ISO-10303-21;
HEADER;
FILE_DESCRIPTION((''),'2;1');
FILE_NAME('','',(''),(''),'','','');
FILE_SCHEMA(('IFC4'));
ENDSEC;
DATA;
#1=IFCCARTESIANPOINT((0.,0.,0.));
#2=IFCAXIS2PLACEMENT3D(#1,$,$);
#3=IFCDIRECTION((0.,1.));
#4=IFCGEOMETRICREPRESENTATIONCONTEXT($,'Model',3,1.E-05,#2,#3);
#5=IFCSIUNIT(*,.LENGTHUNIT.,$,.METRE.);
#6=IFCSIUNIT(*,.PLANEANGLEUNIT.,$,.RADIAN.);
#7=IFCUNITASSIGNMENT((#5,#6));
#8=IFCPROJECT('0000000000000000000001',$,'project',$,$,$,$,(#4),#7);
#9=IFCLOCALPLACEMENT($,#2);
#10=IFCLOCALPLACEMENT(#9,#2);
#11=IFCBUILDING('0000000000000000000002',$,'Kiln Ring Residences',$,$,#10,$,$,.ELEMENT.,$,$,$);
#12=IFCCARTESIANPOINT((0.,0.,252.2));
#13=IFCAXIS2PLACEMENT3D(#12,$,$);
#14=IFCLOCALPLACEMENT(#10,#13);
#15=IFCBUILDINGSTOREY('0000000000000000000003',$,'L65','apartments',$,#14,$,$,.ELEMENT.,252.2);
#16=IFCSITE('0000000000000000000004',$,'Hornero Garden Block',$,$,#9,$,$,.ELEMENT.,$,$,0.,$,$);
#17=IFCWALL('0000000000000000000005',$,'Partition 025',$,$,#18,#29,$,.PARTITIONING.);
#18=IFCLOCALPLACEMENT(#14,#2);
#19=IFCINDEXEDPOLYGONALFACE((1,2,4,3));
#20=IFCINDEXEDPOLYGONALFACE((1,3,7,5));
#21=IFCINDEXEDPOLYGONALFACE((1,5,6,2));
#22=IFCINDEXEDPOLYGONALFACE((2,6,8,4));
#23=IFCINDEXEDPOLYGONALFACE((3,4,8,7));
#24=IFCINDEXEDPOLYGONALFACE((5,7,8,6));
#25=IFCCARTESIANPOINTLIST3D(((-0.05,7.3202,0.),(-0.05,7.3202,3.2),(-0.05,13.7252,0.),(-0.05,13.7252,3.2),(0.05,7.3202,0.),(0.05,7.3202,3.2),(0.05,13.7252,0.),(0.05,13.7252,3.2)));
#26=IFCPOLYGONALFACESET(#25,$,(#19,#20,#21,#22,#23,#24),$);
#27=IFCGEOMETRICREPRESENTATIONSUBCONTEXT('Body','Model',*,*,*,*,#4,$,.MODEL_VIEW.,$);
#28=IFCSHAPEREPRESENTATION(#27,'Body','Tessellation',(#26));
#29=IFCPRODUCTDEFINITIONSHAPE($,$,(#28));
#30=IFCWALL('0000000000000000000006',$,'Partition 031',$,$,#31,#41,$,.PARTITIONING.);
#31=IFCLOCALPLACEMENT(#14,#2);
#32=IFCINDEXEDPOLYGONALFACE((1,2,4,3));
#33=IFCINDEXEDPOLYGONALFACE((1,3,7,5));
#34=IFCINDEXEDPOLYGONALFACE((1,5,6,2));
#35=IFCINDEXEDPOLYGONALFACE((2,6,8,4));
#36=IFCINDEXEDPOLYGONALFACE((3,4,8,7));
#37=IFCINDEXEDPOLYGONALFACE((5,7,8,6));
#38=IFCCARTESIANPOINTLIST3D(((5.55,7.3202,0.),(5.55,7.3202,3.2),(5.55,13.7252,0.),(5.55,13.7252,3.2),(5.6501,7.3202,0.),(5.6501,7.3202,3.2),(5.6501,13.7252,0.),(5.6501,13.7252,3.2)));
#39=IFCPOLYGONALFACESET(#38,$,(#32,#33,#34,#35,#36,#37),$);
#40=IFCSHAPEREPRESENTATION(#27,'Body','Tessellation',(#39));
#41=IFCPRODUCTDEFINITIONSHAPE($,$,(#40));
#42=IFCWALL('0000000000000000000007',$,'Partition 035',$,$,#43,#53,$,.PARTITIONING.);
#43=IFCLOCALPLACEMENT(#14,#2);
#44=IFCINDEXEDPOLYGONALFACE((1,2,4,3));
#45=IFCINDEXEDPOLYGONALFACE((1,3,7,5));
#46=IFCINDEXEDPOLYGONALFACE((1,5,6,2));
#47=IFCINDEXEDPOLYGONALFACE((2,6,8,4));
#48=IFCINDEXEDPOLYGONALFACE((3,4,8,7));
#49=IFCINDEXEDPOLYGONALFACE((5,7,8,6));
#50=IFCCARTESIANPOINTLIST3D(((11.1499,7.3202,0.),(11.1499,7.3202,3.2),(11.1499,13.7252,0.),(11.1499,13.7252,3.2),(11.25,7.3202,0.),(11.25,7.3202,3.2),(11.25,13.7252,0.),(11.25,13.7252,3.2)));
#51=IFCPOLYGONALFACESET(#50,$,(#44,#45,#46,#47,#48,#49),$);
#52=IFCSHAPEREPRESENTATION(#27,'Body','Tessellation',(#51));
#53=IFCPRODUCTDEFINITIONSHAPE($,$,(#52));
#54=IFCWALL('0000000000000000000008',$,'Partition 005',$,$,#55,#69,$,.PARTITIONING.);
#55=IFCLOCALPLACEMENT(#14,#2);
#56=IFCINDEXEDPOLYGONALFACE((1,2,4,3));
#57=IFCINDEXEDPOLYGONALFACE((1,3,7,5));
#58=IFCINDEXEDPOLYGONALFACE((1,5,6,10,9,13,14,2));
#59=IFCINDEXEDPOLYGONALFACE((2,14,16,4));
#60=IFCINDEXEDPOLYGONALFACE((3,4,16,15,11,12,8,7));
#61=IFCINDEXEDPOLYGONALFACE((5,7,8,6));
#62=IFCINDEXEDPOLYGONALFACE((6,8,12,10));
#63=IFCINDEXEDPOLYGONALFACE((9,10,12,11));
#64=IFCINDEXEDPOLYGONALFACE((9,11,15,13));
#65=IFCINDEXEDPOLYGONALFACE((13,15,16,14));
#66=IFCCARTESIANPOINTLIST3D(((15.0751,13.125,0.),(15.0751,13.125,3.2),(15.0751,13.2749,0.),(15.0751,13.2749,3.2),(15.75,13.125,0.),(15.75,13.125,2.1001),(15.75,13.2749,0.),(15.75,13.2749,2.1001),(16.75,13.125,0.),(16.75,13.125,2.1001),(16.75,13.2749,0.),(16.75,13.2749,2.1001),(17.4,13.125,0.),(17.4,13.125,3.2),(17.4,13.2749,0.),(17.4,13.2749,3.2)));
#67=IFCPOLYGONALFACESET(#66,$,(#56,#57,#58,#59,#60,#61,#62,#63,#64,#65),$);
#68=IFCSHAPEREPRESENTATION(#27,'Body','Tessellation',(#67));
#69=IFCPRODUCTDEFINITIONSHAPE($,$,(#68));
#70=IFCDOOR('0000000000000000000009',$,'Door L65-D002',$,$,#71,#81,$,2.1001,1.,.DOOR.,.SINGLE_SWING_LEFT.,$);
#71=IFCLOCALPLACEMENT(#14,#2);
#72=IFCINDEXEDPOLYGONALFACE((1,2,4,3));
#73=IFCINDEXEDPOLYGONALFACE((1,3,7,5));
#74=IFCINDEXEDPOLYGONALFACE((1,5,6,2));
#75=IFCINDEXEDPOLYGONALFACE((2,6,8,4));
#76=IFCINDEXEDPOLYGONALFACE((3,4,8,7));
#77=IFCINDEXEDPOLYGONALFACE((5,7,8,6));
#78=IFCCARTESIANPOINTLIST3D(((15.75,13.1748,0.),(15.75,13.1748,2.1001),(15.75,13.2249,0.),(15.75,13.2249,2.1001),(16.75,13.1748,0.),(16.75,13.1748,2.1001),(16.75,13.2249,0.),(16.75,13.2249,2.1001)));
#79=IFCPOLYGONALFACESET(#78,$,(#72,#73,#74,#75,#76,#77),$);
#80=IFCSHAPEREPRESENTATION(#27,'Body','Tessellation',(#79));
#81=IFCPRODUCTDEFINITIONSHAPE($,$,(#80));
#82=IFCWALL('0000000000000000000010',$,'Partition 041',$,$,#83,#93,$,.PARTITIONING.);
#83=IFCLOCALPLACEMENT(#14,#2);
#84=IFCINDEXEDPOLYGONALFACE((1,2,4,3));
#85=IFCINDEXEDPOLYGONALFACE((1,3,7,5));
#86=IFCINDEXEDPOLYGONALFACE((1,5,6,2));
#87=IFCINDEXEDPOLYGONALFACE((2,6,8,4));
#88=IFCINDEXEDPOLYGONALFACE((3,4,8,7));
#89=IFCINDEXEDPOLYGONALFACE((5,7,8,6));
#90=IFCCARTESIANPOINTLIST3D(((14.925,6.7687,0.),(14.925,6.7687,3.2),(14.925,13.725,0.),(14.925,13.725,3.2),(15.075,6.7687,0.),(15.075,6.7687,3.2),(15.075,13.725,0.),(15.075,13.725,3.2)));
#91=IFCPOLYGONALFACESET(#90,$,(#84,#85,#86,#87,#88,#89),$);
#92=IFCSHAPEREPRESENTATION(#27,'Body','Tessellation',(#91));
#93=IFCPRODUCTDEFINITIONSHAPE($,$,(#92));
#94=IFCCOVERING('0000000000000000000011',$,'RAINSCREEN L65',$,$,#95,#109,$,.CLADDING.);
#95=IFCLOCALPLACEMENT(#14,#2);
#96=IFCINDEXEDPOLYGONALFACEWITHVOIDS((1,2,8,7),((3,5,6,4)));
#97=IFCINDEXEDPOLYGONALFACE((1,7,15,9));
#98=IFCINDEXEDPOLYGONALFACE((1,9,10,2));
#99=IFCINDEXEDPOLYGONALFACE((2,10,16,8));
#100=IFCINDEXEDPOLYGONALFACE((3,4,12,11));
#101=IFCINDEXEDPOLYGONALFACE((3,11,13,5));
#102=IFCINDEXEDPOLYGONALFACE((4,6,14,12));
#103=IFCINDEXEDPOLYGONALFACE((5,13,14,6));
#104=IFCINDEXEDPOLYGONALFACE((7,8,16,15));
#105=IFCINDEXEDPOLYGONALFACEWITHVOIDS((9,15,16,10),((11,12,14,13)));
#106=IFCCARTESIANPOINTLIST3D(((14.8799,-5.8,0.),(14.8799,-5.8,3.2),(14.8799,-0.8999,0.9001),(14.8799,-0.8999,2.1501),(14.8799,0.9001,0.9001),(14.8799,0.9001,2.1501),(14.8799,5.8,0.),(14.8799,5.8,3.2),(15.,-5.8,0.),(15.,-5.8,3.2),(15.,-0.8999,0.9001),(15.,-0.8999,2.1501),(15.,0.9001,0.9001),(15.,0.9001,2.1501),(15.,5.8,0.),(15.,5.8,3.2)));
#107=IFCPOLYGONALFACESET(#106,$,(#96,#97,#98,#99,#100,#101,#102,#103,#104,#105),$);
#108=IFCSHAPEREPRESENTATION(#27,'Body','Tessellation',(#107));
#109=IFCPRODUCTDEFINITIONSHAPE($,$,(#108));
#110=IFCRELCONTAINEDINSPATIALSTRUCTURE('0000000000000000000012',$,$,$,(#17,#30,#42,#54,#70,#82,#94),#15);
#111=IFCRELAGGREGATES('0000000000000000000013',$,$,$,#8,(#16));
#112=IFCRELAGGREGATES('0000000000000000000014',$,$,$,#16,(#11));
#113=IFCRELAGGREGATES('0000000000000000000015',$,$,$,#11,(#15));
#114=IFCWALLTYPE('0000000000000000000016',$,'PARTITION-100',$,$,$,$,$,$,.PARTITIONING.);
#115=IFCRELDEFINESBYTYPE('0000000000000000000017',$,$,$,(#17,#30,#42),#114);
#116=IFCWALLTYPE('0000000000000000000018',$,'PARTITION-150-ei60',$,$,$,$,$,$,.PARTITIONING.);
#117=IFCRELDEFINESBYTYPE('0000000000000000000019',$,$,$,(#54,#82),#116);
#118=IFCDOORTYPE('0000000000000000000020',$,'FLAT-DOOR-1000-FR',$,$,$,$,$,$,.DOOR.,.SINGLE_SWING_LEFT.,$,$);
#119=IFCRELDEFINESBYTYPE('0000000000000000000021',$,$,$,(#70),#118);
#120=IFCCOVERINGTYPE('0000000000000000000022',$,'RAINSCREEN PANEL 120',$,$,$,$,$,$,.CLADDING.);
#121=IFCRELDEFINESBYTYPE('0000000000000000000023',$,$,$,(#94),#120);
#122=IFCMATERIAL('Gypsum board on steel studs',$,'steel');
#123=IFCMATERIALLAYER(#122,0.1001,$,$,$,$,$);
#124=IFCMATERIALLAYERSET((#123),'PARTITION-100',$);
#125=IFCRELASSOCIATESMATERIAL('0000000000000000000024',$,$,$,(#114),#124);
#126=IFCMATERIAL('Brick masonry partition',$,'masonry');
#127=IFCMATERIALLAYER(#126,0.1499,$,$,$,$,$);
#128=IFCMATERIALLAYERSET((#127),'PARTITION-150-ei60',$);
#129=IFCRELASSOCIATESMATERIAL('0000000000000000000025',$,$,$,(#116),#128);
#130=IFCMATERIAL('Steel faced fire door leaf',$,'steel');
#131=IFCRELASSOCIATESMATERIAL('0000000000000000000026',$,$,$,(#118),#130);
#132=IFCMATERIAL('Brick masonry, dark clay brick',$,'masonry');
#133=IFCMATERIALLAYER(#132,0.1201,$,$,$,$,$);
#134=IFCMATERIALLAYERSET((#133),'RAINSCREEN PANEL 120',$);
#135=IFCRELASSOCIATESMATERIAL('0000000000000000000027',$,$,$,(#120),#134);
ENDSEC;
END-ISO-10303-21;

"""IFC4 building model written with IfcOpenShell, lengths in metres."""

from ifc_helpers import new_model, si_unit, direction, frame, frame_2d, origin, place, context, subcontext, project, spatial, polyline, rectangle, outline, extrude, material, layer, layer_set, type_object, element, fill, save


model = new_model("IFC4")

# Units and contexts
model_context = context("Model", 3, precision=1e-05, world=origin(), true_north=direction((0.0, 1.0)))
body_context = subcontext(model_context, "Body", "Model", "MODEL_VIEW")
ifc_project = project(units=[si_unit("LENGTHUNIT", "METRE"), si_unit("PLANEANGLEUNIT", "RADIAN")], contexts=[model_context])

# Site, building, storey
site_placement = place(None, origin())
site = spatial("IfcSite", under=ifc_project, at=site_placement, Name="Hornero Garden Block", CompositionType="ELEMENT", RefElevation=0.0)
building_placement = place(site_placement, origin())
building = spatial("IfcBuilding", under=site, at=building_placement, Name="Kiln Ring Residences", CompositionType="ELEMENT")
storey_placement = place(building_placement, frame((0.0, 0.0, 252.2)))
storey = spatial("IfcBuildingStorey", under=building, at=storey_placement, Name="L65", Description="apartments", CompositionType="ELEMENT", Elevation=252.2)

# Walls
ifc_material_1 = material(Name="Gypsum board on steel studs", Category="steel")
ifc_layer_1 = layer(ifc_material_1, 0.1001)
ifc_layer_set_1 = layer_set([ifc_layer_1], Name="PARTITION-100")
wall_type_1 = type_object("IfcWallType", Name="PARTITION-100", PredefinedType="PARTITIONING", material=ifc_layer_set_1)
for number, where, z_axis, x_axis, name in (
    (1, (0.0, 7.3201, 0.0), (0.0, 0.0, 1.0), (0.0, 1.0, 0.0), "Partition 025"),
    (2, (5.6001, 7.3201, 0.0), (0.0, 0.0, 1.0), (0.0, 1.0, 0.0), "Partition 031"),
    (3, (11.2, 7.3201, 0.0), (0.0, 0.0, 1.0), (0.0, 1.0, 0.0), "Partition 035"),
):
    element("IfcWall", number, at=place(storey_placement, frame(where, z_axis=z_axis, x_axis=x_axis)), inside=storey, type_object=wall_type_1, Name=name, PredefinedType="PARTITIONING", context=body_context, shape_type="SweptSolid", body=[
        extrude(rectangle(XDim=6.405, YDim=0.1001, at=frame_2d((3.2026, 0.0))), origin(), (0.0, 0.0, 1.0), 3.2),
    ])

# Wall, opening, door
ifc_material_2 = material(Name="Brick masonry partition", Category="masonry")
ifc_layer_2 = layer(ifc_material_2, 0.1499)
ifc_layer_set_2 = layer_set([ifc_layer_2], Name="PARTITION-150-ei60")
wall_type_2 = type_object("IfcWallType", Name="PARTITION-150-ei60", PredefinedType="PARTITIONING", material=ifc_layer_set_2)
wall_1_placement = place(storey_placement, frame((15.075, 13.2, 0.0), z_axis=(0.0, 0.0, 1.0), x_axis=(1.0, 0.0, 0.0)))
wall_1 = element("IfcWall", 4, at=wall_1_placement, inside=storey, type_object=wall_type_2, Name="Partition 005", PredefinedType="PARTITIONING", context=body_context, shape_type="SweptSolid", body=[
    extrude(rectangle(XDim=2.325, YDim=0.1499, at=frame_2d((1.1626, 0.0))), origin(), (0.0, 0.0, 1.0), 3.2),
])
opening_placement = place(wall_1_placement, frame((0.675, 0.0, 0.0)))
opening = element("IfcOpeningElement", 5, at=opening_placement, cuts=wall_1, PredefinedType="OPENING", context=body_context, shape_type="SweptSolid", body=[
    extrude(rectangle(XDim=1.0, YDim=2.1001, at=frame_2d((0.5, 1.05))), frame((0.0, 0.085, 0.0), z_axis=(0.0, -1.0, 0.0), x_axis=(1.0, 0.0, 0.0)), (0.0, 0.0, 1.0), 0.1699),
])
ifc_material_3 = material(Name="Steel faced fire door leaf", Category="steel")
door_type = type_object("IfcDoorType", Name="FLAT-DOOR-1000-FR", OperationType="SINGLE_SWING_LEFT", PredefinedType="DOOR", material=ifc_material_3)
door_placement = place(opening_placement, origin())
door = element("IfcDoor", 6, at=door_placement, inside=storey, type_object=door_type, Name="Door L65-D002", OperationType="SINGLE_SWING_LEFT", OverallHeight=2.1001, OverallWidth=1.0, PredefinedType="DOOR", context=body_context, shape_type="SweptSolid", body=[
    extrude(rectangle(XDim=1.0, YDim=2.1001, at=frame_2d((0.5, 1.05))), frame((0.0, 0.0249, 0.0), z_axis=(0.0, -1.0, 0.0), x_axis=(1.0, 0.0, 0.0)), (0.0, 0.0, 1.0), 0.05),
])
fill(opening, door)

# Wall
wall_2_placement = place(storey_placement, frame((15.0, 6.7688, 0.0), z_axis=(0.0, 0.0, 1.0), x_axis=(0.0, 1.0, 0.0)))
element("IfcWall", 7, at=wall_2_placement, inside=storey, type_object=wall_type_2, Name="Partition 041", PredefinedType="PARTITIONING", context=body_context, shape_type="SweptSolid", body=[
    extrude(rectangle(XDim=6.9563, YDim=0.1499, at=frame_2d((3.478, 0.0))), origin(), (0.0, 0.0, 1.0), 3.2),
])

# Covering
ifc_material_4 = material(Name="Brick masonry, dark clay brick", Category="masonry")
ifc_layer_3 = layer(ifc_material_4, 0.1201)
ifc_layer_set_3 = layer_set([ifc_layer_3], Name="RAINSCREEN PANEL 120")
covering_type = type_object("IfcCoveringType", Name="RAINSCREEN PANEL 120", PredefinedType="CLADDING", material=ifc_layer_set_3)
covering_placement = place(storey_placement, frame((14.9399, 5.8, 0.0), z_axis=(0.0, 0.0, 1.0), x_axis=(0.0, -1.0, 0.0)))
element("IfcCovering", 8, at=covering_placement, inside=storey, type_object=covering_type, Name="RAINSCREEN L65", PredefinedType="CLADDING", context=body_context, shape_type="SweptSolid", body=[
    extrude(outline(polyline([(0.0, 0.0), (11.6001, 0.0), (11.6001, 3.2), (0.0, 3.2), (0.0, 0.0)]), holes=[polyline([(4.8999, 2.1501), (4.8999, 0.9001), (6.7, 0.9001), (6.7, 2.1501), (4.8999, 2.1501)])]), frame((0.0, 0.0601, 0.0), z_axis=(0.0, -1.0, 0.0), x_axis=(1.0, 0.0, 0.0)), (0.0, 0.0, 1.0), 0.1201),
])

save(model, "model.ifc")
